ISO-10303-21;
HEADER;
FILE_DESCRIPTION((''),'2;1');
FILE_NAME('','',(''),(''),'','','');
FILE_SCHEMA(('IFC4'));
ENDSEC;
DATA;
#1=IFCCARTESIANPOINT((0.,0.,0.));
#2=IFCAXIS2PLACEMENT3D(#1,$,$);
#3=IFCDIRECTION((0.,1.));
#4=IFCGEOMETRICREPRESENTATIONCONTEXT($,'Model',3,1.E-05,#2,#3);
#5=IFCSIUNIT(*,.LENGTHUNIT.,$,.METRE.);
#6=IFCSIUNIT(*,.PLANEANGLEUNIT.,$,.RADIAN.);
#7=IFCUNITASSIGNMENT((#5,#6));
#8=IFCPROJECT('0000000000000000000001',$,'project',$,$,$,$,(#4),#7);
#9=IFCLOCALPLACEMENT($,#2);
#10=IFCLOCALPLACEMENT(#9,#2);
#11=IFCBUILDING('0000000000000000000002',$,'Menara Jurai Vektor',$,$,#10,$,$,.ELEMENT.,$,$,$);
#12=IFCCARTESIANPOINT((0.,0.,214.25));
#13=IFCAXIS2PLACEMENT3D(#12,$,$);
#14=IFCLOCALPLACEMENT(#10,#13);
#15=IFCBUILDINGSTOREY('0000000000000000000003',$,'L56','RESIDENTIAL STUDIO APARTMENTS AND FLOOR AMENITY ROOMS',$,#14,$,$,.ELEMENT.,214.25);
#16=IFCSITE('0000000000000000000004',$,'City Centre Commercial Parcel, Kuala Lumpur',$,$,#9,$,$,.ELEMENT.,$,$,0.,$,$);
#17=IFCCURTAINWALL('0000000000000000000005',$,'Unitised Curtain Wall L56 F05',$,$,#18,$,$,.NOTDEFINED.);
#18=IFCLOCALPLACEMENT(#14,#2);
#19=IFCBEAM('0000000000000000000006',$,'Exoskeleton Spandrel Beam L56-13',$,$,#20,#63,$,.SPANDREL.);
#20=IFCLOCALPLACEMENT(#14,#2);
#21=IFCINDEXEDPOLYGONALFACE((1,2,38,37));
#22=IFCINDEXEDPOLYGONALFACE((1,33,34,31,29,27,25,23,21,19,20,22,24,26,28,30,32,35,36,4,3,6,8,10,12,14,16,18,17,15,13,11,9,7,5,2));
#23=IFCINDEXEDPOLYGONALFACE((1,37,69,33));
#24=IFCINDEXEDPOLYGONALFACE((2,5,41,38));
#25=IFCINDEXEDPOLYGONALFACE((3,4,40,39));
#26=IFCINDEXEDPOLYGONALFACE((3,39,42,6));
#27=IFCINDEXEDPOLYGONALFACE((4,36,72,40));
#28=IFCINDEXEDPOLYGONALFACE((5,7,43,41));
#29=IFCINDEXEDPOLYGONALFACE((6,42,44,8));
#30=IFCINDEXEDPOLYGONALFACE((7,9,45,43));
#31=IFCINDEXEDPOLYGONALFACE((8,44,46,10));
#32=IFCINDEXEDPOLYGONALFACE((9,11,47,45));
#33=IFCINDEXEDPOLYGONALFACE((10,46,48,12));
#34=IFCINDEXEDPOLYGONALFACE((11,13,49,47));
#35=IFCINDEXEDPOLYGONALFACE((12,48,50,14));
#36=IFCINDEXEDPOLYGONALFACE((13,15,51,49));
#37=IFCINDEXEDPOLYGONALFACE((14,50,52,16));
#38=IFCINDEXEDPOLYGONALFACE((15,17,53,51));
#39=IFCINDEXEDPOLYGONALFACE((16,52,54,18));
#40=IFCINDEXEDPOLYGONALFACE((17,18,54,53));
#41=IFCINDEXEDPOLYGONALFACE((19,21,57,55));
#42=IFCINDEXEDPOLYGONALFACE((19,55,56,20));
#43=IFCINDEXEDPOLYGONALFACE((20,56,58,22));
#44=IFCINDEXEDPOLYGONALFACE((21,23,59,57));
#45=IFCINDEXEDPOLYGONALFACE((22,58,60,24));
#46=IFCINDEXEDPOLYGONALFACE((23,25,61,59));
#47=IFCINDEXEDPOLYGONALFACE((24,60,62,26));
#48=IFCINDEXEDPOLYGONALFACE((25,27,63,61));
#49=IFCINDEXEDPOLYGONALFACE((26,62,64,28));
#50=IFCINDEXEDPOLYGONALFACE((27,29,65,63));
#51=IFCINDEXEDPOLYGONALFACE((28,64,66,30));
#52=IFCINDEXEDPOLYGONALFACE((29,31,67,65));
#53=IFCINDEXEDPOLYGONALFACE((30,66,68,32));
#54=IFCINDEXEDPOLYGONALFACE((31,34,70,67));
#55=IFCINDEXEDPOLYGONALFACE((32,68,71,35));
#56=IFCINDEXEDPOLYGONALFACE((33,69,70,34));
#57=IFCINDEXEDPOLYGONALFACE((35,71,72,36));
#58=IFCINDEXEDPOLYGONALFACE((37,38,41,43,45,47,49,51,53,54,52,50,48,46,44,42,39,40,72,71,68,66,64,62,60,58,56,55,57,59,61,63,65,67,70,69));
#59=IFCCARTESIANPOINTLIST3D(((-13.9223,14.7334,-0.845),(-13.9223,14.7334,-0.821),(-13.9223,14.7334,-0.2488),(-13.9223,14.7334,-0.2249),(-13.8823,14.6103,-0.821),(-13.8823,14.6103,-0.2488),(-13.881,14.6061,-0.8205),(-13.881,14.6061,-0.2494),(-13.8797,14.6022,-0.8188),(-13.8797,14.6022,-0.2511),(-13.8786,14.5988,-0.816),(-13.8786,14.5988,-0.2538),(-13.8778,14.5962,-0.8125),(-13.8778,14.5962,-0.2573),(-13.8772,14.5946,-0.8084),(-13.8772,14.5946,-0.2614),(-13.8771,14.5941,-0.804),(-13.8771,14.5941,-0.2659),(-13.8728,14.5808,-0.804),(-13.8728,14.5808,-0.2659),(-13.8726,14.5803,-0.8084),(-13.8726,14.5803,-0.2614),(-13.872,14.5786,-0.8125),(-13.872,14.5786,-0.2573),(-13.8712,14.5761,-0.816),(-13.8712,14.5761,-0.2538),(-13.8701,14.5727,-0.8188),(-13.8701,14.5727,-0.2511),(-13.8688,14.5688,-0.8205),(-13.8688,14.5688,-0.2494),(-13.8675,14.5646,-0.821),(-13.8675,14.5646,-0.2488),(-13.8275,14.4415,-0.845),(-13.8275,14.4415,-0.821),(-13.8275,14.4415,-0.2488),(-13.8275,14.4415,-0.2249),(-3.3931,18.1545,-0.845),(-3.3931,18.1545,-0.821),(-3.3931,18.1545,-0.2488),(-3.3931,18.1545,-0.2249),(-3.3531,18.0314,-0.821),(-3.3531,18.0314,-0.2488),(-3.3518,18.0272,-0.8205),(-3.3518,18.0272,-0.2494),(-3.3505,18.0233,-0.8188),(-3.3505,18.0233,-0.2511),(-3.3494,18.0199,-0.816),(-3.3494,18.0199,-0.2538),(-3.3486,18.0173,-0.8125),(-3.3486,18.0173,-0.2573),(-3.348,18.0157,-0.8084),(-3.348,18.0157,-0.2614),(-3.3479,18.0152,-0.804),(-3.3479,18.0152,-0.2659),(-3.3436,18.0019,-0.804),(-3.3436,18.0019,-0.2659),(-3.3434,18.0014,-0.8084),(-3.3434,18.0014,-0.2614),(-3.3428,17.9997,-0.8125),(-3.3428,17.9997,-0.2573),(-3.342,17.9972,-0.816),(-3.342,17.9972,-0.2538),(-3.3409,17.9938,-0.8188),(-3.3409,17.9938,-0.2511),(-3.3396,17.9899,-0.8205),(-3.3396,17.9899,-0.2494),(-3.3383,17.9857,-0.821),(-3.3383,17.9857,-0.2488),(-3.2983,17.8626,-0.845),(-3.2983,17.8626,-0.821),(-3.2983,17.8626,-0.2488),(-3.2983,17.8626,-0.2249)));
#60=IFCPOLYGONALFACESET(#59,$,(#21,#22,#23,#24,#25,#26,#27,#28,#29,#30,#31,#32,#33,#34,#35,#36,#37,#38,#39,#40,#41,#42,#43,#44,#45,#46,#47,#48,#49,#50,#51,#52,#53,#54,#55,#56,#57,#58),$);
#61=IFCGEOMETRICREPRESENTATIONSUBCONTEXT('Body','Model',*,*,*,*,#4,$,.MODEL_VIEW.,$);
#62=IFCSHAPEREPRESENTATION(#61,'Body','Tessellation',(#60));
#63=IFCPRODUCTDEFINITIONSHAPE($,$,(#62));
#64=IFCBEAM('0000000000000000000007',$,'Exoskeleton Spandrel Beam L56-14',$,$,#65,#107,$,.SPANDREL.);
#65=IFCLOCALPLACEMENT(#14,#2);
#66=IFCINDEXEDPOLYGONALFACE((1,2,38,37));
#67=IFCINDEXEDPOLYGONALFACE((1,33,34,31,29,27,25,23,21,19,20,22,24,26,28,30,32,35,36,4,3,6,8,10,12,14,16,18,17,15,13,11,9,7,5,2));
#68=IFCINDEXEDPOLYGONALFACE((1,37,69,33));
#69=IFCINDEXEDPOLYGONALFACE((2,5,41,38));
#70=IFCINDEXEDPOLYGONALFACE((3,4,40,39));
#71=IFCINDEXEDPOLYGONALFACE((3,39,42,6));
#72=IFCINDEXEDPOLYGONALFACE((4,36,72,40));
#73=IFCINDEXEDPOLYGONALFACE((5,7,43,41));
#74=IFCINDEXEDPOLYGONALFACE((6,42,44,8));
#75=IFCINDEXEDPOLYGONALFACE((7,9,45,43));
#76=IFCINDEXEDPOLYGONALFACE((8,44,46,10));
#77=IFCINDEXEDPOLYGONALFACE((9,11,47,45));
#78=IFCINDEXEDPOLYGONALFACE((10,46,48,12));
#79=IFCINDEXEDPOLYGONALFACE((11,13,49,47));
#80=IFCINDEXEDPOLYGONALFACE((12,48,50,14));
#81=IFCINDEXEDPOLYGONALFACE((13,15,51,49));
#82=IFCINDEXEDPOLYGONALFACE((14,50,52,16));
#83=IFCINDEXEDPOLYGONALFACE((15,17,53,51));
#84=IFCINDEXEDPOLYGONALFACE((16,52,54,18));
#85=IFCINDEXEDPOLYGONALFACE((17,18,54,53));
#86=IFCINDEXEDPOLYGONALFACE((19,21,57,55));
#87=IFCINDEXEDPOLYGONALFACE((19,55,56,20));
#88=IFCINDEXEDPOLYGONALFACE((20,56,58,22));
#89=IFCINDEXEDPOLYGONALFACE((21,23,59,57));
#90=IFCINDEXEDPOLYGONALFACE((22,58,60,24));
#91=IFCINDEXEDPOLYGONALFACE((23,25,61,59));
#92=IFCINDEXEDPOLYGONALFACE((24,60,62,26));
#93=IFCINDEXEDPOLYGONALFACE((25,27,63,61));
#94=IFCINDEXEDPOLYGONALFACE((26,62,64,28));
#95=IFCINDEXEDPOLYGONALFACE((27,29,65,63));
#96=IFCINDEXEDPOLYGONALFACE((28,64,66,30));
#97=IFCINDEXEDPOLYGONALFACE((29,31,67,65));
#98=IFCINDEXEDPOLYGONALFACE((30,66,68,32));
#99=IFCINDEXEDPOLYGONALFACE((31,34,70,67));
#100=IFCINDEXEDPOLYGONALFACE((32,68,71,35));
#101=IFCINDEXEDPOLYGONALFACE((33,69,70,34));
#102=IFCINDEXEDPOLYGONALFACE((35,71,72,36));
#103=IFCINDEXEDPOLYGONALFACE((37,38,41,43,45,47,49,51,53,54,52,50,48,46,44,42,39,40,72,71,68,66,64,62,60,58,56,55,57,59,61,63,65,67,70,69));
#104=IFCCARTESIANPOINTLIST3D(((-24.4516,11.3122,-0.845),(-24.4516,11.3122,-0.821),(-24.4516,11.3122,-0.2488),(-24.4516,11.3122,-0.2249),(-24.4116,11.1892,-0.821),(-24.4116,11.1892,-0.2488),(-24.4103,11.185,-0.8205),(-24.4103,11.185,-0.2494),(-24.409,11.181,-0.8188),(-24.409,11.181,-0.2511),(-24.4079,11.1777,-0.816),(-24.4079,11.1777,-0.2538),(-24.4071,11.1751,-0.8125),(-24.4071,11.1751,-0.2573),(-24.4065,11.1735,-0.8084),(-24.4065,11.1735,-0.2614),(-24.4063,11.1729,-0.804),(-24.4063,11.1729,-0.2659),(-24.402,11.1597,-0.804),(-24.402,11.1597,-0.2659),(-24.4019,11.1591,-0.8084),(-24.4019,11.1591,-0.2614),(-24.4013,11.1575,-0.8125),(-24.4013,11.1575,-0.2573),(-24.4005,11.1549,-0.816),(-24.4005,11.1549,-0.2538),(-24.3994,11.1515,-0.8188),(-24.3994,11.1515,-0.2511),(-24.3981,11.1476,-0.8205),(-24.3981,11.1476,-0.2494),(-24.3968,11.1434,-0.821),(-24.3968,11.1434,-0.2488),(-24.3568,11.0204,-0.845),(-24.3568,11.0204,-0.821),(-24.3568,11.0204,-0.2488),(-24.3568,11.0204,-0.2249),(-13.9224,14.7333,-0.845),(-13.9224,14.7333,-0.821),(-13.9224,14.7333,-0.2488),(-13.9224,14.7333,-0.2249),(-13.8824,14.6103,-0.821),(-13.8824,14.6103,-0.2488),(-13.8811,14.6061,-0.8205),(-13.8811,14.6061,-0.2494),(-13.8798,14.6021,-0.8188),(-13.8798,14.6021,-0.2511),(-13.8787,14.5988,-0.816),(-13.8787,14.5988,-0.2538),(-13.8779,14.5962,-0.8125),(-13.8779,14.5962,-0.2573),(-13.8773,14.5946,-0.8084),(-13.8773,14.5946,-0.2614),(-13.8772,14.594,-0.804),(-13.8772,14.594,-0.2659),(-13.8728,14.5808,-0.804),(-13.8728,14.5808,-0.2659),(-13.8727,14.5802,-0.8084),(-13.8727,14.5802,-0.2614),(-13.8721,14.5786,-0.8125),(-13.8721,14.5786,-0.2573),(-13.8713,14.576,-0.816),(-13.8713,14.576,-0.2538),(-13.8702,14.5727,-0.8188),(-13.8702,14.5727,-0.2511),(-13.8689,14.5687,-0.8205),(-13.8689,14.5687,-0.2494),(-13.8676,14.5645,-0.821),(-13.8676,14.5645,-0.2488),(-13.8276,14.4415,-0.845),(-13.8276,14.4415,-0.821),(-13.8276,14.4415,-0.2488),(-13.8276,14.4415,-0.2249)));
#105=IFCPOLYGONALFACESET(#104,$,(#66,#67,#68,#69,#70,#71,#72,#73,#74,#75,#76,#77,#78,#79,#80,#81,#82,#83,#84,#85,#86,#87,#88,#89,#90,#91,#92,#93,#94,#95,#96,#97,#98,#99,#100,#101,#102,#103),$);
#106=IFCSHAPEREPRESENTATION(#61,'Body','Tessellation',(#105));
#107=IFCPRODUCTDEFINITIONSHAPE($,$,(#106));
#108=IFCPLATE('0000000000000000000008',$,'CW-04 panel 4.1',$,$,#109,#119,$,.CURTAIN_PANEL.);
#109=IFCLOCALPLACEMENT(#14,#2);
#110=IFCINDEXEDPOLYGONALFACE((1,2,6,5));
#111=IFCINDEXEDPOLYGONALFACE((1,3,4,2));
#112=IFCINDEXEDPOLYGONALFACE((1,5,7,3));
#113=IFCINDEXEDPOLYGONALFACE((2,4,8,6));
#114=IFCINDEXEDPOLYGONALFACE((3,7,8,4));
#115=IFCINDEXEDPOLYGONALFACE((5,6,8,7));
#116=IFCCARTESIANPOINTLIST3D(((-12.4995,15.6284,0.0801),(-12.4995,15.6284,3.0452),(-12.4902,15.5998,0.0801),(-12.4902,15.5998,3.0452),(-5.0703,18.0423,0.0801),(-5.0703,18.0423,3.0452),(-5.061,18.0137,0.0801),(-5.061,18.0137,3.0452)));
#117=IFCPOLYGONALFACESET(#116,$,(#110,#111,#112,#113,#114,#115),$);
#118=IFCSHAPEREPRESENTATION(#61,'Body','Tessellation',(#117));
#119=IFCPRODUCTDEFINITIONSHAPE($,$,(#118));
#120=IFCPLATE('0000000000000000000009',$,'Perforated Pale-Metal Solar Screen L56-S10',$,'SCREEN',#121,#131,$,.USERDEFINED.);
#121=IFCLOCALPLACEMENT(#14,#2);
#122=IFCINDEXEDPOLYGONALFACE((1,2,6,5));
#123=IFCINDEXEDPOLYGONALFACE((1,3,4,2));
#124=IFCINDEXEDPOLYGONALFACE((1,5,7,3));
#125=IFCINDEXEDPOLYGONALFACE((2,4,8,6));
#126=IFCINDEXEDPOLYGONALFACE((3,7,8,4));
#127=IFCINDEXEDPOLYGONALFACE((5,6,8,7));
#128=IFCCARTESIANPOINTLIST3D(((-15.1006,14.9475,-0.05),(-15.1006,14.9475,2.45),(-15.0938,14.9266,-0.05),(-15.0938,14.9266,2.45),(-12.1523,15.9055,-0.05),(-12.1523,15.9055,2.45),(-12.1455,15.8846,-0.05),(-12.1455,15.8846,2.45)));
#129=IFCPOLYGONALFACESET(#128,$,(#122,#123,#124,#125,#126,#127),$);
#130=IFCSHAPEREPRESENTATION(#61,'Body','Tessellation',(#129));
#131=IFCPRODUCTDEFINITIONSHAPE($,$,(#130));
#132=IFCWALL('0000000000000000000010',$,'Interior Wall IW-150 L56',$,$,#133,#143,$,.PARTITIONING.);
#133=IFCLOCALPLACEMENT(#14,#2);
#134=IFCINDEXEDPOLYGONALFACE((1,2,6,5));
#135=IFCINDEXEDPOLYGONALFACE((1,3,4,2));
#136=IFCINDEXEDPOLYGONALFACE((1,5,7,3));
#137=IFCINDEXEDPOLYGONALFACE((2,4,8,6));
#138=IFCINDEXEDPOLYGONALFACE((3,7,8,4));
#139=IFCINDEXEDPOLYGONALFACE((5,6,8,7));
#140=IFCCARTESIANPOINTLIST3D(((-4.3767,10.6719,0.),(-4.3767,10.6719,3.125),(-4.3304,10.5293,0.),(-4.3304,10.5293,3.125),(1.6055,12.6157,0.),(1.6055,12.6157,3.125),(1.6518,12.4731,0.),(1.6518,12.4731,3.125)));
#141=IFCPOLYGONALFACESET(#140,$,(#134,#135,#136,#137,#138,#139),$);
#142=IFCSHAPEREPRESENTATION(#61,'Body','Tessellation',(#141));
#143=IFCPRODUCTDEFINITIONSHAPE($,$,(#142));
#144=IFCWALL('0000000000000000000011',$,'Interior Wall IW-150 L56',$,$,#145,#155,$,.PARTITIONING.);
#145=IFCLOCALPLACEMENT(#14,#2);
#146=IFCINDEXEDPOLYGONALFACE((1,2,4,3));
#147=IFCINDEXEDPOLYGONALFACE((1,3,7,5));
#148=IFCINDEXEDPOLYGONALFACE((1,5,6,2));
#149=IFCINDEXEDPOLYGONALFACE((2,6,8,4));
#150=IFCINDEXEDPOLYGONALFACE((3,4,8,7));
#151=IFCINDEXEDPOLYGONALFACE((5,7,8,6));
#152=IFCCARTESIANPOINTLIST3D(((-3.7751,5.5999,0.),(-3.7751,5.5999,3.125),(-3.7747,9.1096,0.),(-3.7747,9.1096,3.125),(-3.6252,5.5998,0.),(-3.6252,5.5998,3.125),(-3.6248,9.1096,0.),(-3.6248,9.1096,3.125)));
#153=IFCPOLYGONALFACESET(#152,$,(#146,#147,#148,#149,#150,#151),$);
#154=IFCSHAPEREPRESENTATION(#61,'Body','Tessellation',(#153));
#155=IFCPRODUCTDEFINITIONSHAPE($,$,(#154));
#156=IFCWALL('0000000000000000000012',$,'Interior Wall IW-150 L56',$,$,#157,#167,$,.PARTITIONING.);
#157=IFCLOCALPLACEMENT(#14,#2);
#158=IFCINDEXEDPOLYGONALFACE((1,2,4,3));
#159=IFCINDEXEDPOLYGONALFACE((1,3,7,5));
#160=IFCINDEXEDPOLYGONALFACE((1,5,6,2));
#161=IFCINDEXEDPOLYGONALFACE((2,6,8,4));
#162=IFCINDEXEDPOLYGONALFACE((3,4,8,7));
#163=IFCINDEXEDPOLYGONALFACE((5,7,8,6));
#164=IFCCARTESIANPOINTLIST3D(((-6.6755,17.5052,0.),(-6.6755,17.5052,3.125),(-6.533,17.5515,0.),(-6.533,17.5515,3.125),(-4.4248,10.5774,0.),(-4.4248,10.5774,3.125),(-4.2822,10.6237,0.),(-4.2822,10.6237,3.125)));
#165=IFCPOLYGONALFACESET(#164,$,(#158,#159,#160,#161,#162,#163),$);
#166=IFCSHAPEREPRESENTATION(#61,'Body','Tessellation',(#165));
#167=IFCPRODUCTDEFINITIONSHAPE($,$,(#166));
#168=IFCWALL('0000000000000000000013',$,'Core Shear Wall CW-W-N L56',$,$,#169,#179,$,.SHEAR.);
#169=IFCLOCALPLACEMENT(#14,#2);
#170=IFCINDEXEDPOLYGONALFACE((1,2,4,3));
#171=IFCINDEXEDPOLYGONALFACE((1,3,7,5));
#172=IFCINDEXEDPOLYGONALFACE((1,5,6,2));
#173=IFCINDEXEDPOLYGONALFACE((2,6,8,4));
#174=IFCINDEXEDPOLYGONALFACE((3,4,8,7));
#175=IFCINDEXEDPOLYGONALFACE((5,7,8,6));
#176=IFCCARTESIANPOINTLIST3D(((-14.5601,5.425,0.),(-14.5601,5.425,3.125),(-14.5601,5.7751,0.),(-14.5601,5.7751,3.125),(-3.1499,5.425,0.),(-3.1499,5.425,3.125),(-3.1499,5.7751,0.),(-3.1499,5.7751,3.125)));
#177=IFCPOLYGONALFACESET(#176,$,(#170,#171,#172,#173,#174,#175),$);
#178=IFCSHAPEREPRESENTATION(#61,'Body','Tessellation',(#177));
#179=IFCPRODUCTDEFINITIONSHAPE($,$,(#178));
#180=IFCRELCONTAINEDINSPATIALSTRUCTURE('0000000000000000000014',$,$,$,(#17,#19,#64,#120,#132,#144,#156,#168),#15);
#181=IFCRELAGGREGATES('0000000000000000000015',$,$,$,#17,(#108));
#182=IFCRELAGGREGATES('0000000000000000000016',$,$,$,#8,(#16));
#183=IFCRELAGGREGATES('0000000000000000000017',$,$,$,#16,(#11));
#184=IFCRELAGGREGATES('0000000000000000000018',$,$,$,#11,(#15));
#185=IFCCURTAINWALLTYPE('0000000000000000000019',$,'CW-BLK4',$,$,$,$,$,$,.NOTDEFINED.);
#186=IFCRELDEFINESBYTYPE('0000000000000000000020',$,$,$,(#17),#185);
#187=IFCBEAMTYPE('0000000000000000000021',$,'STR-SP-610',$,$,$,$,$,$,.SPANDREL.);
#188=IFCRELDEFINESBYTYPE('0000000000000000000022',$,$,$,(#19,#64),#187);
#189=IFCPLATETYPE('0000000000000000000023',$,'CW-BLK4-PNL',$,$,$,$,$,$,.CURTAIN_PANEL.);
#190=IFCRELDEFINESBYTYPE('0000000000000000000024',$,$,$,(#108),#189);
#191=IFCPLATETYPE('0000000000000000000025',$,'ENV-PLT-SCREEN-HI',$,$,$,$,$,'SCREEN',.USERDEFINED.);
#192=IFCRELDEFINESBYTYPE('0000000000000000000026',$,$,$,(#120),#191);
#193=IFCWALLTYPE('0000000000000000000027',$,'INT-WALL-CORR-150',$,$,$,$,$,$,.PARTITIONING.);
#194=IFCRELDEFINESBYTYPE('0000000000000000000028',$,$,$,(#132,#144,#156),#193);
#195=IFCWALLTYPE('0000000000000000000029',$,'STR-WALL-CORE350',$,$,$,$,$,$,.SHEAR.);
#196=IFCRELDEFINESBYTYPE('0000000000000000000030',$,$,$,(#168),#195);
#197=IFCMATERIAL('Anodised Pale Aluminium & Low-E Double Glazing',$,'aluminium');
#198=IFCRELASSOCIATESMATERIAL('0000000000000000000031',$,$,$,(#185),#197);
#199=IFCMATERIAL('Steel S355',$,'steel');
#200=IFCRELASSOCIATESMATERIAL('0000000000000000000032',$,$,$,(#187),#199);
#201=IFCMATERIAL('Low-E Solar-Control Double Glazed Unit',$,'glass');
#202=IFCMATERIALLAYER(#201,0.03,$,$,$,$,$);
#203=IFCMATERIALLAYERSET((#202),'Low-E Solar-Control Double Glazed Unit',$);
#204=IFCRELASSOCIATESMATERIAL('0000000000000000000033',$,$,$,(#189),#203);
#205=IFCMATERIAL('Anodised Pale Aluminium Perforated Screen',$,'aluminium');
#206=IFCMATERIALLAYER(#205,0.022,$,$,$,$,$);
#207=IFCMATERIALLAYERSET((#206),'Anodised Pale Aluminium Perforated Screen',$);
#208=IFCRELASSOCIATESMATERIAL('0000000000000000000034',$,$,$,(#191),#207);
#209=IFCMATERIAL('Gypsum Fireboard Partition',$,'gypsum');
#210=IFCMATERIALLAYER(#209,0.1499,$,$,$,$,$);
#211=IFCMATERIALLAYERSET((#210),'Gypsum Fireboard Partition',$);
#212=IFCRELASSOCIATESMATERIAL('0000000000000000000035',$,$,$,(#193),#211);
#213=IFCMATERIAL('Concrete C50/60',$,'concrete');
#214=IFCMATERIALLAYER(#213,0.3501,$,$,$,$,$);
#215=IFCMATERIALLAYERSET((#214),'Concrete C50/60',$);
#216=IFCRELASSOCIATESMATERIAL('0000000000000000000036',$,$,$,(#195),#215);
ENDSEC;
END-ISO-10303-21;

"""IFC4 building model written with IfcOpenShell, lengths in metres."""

from ifc_helpers import new_model, si_unit, direction, frame, frame_2d, origin, origin_2d, place, context, subcontext, project, spatial, rectangle, i_section, extrude, material, layer, layer_set, material_profile, profile_set, type_object, element, aggregate, save


model = new_model("IFC4")

# Units and contexts
model_context = context("Model", 3, precision=1e-05, world=origin(), true_north=direction((0.0, 1.0)))
body_context = subcontext(model_context, "Body", "Model", "MODEL_VIEW")
ifc_project = project(units=[si_unit("LENGTHUNIT", "METRE"), si_unit("PLANEANGLEUNIT", "RADIAN")], contexts=[model_context])

# Site, building, storey
site_placement = place(None, origin())
site = spatial("IfcSite", under=ifc_project, at=site_placement, Name="City Centre Commercial Parcel, Kuala Lumpur", CompositionType="ELEMENT", RefElevation=0.0)
building_placement = place(site_placement, origin())
building = spatial("IfcBuilding", under=site, at=building_placement, Name="Menara Jurai Vektor", CompositionType="ELEMENT")
storey_placement = place(building_placement, frame((0.0, 0.0, 214.25)))
storey = spatial("IfcBuildingStorey", under=building, at=storey_placement, Name="L56", Description="RESIDENTIAL STUDIO APARTMENTS AND FLOOR AMENITY ROOMS", CompositionType="ELEMENT", Elevation=214.25)

# Shared definitions
ifc_material_1 = material(Name="Concrete C50/60", Category="concrete")
ifc_material_2 = material(Name="Steel S355", Category="steel")

# Curtain wall
ifc_material_3 = material(Name="Anodised Pale Aluminium & Low-E Double Glazing", Category="aluminium")
curtain_wall_type = type_object("IfcCurtainWallType", Name="CW-BLK4", PredefinedType="NOTDEFINED", material=ifc_material_3)
curtain_wall_placement = place(storey_placement, origin())
curtain_wall = element("IfcCurtainWall", 1, at=curtain_wall_placement, inside=storey, type_object=curtain_wall_type, Name="Unitised Curtain Wall L56 F05", PredefinedType="NOTDEFINED")

# Beams
ifc_material_profile_1 = material_profile(ifc_material_2, i_section(OverallWidth=0.3069, OverallDepth=0.6201, WebThickness=0.0139, FlangeThickness=0.0239, FilletRadius=0.0171, at=origin_2d()), Name="UKB 610x305x179")
ifc_profile_set_1 = profile_set([ifc_material_profile_1], Name="Steel S355")
beam_type_1 = type_object("IfcBeamType", Name="STR-SP-610", PredefinedType="SPANDREL", material=ifc_profile_set_1)
for number, where, z_axis, x_axis, name in (
    (2, (-3.3457, 18.0085, -0.5349), (-0.951057, -0.309014, 0.0), (0.309014, -0.951057, 0.0), "Exoskeleton Spandrel Beam L56-13"),
    (3, (-13.875, 14.5874, -0.5349), (-0.951057, -0.309014, 0.0), (0.309014, -0.951057, 0.0), "Exoskeleton Spandrel Beam L56-14"),
):
    element("IfcBeam", number, at=place(storey_placement, frame(where, z_axis=z_axis, x_axis=x_axis)), inside=storey, type_object=beam_type_1, Name=name, PredefinedType="SPANDREL", context=body_context, shape_type="SweptSolid", body=[
        extrude(i_section(OverallWidth=0.3069, OverallDepth=0.6201, WebThickness=0.0139, FlangeThickness=0.0239, FilletRadius=0.0171, at=origin_2d()), origin(), (0.0, 0.0, 1.0), 11.071),
    ])

# Plates
ifc_material_4 = material(Name="Low-E Solar-Control Double Glazed Unit", Category="glass")
ifc_layer_1 = layer(ifc_material_4, 0.03)
ifc_layer_set_1 = layer_set([ifc_layer_1], Name="Low-E Solar-Control Double Glazed Unit")
plate_type_1 = type_object("IfcPlateType", Name="CW-BLK4-PNL", PredefinedType="CURTAIN_PANEL", material=ifc_layer_set_1)
plate_1_placement = place(storey_placement, frame((-8.7803, 16.821, 0.0801), z_axis=(0.0, 0.0, 1.0), x_axis=(-0.951056, -0.309017, 0.0)))
plate_1 = element("IfcPlate", 4, at=plate_1_placement, type_object=plate_type_1, Name="CW-04 panel 4.1", PredefinedType="CURTAIN_PANEL", context=body_context, shape_type="SweptSolid", body=[
    extrude(rectangle(XDim=7.8115, YDim=0.03, at=origin_2d()), origin(), (0.0, 0.0, 1.0), 2.9651),
])
aggregate(curtain_wall, [plate_1])
ifc_material_5 = material(Name="Anodised Pale Aluminium Perforated Screen", Category="aluminium")
ifc_layer_2 = layer(ifc_material_5, 0.022)
ifc_layer_set_2 = layer_set([ifc_layer_2], Name="Anodised Pale Aluminium Perforated Screen")
plate_type_2 = type_object("IfcPlateType", Name="ENV-PLT-SCREEN-HI", ElementType="SCREEN", PredefinedType="USERDEFINED", material=ifc_layer_set_2)
plate_2_placement = place(storey_placement, frame((-13.623, 15.416, -0.05), z_axis=(0.0, 0.0, 1.0), x_axis=(-0.951057, -0.309017, 0.0)))
element("IfcPlate", 5, at=plate_2_placement, inside=storey, type_object=plate_type_2, Name="Perforated Pale-Metal Solar Screen L56-S10", ObjectType="SCREEN", PredefinedType="USERDEFINED", context=body_context, shape_type="SweptSolid", body=[
    extrude(rectangle(XDim=3.1001, YDim=0.022, at=origin_2d()), origin(), (0.0, 0.0, 1.0), 2.5),
])

# Wall
ifc_material_6 = material(Name="Gypsum Fireboard Partition", Category="gypsum")
ifc_layer_3 = layer(ifc_material_6, 0.1499)
ifc_layer_set_3 = layer_set([ifc_layer_3], Name="Gypsum Fireboard Partition")
wall_type_1 = type_object("IfcWallType", Name="INT-WALL-CORR-150", PredefinedType="PARTITIONING", material=ifc_layer_set_3)
wall_1_placement = place(storey_placement, frame((-4.3535, 10.6006, 0.0), z_axis=(0.0, 0.0, 1.0), x_axis=(0.951051, 0.309034, 0.0)))
element("IfcWall", 6, at=wall_1_placement, inside=storey, type_object=wall_type_1, Name="Interior Wall IW-150 L56", PredefinedType="PARTITIONING", context=body_context, shape_type="SweptSolid", body=[
    extrude(rectangle(XDim=6.29, YDim=0.1499, at=frame_2d((3.145, 0.0))), origin(), (0.0, 0.0, 1.0), 3.125),
])

# Walls
wall_2_placement = place(storey_placement, frame((-3.7002, 5.5999, 0.0), z_axis=(0.0, 0.0, 1.0), x_axis=(0.000139, 1.0, 0.0)))
element("IfcWall", 7, at=wall_2_placement, inside=storey, type_object=wall_type_1, Name="Interior Wall IW-150 L56", PredefinedType="PARTITIONING", context=body_context, shape_type="SweptSolid", body=[
    extrude(rectangle(XDim=3.5098, YDim=0.1499, at=frame_2d((1.7549, 0.0))), origin(), (0.0, 0.0, 1.0), 3.125),
])
wall_3_placement = place(storey_placement, frame((-4.3535, 10.6006, 0.0), z_axis=(0.0, 0.0, 1.0), x_axis=(-0.308989, 0.951066, 0.0)))
element("IfcWall", 8, at=wall_3_placement, inside=storey, type_object=wall_type_1, Name="Interior Wall IW-150 L56", PredefinedType="PARTITIONING", context=body_context, shape_type="SweptSolid", body=[
    extrude(rectangle(XDim=7.2842, YDim=0.1499, at=frame_2d((3.6421, 0.0))), origin(), (0.0, 0.0, 1.0), 3.125),
])
ifc_layer_4 = layer(ifc_material_1, 0.3501)
ifc_layer_set_4 = layer_set([ifc_layer_4], Name="Concrete C50/60")
wall_type_2 = type_object("IfcWallType", Name="STR-WALL-CORE350", PredefinedType="SHEAR", material=ifc_layer_set_4)
wall_4_placement = place(storey_placement, frame((-14.5601, 5.6001, 0.0), z_axis=(0.0, 0.0, 1.0), x_axis=(1.0, 0.0, 0.0)))
element("IfcWall", 9, at=wall_4_placement, inside=storey, type_object=wall_type_2, Name="Core Shear Wall CW-W-N L56", PredefinedType="SHEAR", context=body_context, shape_type="SweptSolid", body=[
    extrude(rectangle(XDim=11.4102, YDim=0.3501, at=frame_2d((5.7051, 0.0))), origin(), (0.0, 0.0, 1.0), 3.125),
])

save(model, "model.ifc")
